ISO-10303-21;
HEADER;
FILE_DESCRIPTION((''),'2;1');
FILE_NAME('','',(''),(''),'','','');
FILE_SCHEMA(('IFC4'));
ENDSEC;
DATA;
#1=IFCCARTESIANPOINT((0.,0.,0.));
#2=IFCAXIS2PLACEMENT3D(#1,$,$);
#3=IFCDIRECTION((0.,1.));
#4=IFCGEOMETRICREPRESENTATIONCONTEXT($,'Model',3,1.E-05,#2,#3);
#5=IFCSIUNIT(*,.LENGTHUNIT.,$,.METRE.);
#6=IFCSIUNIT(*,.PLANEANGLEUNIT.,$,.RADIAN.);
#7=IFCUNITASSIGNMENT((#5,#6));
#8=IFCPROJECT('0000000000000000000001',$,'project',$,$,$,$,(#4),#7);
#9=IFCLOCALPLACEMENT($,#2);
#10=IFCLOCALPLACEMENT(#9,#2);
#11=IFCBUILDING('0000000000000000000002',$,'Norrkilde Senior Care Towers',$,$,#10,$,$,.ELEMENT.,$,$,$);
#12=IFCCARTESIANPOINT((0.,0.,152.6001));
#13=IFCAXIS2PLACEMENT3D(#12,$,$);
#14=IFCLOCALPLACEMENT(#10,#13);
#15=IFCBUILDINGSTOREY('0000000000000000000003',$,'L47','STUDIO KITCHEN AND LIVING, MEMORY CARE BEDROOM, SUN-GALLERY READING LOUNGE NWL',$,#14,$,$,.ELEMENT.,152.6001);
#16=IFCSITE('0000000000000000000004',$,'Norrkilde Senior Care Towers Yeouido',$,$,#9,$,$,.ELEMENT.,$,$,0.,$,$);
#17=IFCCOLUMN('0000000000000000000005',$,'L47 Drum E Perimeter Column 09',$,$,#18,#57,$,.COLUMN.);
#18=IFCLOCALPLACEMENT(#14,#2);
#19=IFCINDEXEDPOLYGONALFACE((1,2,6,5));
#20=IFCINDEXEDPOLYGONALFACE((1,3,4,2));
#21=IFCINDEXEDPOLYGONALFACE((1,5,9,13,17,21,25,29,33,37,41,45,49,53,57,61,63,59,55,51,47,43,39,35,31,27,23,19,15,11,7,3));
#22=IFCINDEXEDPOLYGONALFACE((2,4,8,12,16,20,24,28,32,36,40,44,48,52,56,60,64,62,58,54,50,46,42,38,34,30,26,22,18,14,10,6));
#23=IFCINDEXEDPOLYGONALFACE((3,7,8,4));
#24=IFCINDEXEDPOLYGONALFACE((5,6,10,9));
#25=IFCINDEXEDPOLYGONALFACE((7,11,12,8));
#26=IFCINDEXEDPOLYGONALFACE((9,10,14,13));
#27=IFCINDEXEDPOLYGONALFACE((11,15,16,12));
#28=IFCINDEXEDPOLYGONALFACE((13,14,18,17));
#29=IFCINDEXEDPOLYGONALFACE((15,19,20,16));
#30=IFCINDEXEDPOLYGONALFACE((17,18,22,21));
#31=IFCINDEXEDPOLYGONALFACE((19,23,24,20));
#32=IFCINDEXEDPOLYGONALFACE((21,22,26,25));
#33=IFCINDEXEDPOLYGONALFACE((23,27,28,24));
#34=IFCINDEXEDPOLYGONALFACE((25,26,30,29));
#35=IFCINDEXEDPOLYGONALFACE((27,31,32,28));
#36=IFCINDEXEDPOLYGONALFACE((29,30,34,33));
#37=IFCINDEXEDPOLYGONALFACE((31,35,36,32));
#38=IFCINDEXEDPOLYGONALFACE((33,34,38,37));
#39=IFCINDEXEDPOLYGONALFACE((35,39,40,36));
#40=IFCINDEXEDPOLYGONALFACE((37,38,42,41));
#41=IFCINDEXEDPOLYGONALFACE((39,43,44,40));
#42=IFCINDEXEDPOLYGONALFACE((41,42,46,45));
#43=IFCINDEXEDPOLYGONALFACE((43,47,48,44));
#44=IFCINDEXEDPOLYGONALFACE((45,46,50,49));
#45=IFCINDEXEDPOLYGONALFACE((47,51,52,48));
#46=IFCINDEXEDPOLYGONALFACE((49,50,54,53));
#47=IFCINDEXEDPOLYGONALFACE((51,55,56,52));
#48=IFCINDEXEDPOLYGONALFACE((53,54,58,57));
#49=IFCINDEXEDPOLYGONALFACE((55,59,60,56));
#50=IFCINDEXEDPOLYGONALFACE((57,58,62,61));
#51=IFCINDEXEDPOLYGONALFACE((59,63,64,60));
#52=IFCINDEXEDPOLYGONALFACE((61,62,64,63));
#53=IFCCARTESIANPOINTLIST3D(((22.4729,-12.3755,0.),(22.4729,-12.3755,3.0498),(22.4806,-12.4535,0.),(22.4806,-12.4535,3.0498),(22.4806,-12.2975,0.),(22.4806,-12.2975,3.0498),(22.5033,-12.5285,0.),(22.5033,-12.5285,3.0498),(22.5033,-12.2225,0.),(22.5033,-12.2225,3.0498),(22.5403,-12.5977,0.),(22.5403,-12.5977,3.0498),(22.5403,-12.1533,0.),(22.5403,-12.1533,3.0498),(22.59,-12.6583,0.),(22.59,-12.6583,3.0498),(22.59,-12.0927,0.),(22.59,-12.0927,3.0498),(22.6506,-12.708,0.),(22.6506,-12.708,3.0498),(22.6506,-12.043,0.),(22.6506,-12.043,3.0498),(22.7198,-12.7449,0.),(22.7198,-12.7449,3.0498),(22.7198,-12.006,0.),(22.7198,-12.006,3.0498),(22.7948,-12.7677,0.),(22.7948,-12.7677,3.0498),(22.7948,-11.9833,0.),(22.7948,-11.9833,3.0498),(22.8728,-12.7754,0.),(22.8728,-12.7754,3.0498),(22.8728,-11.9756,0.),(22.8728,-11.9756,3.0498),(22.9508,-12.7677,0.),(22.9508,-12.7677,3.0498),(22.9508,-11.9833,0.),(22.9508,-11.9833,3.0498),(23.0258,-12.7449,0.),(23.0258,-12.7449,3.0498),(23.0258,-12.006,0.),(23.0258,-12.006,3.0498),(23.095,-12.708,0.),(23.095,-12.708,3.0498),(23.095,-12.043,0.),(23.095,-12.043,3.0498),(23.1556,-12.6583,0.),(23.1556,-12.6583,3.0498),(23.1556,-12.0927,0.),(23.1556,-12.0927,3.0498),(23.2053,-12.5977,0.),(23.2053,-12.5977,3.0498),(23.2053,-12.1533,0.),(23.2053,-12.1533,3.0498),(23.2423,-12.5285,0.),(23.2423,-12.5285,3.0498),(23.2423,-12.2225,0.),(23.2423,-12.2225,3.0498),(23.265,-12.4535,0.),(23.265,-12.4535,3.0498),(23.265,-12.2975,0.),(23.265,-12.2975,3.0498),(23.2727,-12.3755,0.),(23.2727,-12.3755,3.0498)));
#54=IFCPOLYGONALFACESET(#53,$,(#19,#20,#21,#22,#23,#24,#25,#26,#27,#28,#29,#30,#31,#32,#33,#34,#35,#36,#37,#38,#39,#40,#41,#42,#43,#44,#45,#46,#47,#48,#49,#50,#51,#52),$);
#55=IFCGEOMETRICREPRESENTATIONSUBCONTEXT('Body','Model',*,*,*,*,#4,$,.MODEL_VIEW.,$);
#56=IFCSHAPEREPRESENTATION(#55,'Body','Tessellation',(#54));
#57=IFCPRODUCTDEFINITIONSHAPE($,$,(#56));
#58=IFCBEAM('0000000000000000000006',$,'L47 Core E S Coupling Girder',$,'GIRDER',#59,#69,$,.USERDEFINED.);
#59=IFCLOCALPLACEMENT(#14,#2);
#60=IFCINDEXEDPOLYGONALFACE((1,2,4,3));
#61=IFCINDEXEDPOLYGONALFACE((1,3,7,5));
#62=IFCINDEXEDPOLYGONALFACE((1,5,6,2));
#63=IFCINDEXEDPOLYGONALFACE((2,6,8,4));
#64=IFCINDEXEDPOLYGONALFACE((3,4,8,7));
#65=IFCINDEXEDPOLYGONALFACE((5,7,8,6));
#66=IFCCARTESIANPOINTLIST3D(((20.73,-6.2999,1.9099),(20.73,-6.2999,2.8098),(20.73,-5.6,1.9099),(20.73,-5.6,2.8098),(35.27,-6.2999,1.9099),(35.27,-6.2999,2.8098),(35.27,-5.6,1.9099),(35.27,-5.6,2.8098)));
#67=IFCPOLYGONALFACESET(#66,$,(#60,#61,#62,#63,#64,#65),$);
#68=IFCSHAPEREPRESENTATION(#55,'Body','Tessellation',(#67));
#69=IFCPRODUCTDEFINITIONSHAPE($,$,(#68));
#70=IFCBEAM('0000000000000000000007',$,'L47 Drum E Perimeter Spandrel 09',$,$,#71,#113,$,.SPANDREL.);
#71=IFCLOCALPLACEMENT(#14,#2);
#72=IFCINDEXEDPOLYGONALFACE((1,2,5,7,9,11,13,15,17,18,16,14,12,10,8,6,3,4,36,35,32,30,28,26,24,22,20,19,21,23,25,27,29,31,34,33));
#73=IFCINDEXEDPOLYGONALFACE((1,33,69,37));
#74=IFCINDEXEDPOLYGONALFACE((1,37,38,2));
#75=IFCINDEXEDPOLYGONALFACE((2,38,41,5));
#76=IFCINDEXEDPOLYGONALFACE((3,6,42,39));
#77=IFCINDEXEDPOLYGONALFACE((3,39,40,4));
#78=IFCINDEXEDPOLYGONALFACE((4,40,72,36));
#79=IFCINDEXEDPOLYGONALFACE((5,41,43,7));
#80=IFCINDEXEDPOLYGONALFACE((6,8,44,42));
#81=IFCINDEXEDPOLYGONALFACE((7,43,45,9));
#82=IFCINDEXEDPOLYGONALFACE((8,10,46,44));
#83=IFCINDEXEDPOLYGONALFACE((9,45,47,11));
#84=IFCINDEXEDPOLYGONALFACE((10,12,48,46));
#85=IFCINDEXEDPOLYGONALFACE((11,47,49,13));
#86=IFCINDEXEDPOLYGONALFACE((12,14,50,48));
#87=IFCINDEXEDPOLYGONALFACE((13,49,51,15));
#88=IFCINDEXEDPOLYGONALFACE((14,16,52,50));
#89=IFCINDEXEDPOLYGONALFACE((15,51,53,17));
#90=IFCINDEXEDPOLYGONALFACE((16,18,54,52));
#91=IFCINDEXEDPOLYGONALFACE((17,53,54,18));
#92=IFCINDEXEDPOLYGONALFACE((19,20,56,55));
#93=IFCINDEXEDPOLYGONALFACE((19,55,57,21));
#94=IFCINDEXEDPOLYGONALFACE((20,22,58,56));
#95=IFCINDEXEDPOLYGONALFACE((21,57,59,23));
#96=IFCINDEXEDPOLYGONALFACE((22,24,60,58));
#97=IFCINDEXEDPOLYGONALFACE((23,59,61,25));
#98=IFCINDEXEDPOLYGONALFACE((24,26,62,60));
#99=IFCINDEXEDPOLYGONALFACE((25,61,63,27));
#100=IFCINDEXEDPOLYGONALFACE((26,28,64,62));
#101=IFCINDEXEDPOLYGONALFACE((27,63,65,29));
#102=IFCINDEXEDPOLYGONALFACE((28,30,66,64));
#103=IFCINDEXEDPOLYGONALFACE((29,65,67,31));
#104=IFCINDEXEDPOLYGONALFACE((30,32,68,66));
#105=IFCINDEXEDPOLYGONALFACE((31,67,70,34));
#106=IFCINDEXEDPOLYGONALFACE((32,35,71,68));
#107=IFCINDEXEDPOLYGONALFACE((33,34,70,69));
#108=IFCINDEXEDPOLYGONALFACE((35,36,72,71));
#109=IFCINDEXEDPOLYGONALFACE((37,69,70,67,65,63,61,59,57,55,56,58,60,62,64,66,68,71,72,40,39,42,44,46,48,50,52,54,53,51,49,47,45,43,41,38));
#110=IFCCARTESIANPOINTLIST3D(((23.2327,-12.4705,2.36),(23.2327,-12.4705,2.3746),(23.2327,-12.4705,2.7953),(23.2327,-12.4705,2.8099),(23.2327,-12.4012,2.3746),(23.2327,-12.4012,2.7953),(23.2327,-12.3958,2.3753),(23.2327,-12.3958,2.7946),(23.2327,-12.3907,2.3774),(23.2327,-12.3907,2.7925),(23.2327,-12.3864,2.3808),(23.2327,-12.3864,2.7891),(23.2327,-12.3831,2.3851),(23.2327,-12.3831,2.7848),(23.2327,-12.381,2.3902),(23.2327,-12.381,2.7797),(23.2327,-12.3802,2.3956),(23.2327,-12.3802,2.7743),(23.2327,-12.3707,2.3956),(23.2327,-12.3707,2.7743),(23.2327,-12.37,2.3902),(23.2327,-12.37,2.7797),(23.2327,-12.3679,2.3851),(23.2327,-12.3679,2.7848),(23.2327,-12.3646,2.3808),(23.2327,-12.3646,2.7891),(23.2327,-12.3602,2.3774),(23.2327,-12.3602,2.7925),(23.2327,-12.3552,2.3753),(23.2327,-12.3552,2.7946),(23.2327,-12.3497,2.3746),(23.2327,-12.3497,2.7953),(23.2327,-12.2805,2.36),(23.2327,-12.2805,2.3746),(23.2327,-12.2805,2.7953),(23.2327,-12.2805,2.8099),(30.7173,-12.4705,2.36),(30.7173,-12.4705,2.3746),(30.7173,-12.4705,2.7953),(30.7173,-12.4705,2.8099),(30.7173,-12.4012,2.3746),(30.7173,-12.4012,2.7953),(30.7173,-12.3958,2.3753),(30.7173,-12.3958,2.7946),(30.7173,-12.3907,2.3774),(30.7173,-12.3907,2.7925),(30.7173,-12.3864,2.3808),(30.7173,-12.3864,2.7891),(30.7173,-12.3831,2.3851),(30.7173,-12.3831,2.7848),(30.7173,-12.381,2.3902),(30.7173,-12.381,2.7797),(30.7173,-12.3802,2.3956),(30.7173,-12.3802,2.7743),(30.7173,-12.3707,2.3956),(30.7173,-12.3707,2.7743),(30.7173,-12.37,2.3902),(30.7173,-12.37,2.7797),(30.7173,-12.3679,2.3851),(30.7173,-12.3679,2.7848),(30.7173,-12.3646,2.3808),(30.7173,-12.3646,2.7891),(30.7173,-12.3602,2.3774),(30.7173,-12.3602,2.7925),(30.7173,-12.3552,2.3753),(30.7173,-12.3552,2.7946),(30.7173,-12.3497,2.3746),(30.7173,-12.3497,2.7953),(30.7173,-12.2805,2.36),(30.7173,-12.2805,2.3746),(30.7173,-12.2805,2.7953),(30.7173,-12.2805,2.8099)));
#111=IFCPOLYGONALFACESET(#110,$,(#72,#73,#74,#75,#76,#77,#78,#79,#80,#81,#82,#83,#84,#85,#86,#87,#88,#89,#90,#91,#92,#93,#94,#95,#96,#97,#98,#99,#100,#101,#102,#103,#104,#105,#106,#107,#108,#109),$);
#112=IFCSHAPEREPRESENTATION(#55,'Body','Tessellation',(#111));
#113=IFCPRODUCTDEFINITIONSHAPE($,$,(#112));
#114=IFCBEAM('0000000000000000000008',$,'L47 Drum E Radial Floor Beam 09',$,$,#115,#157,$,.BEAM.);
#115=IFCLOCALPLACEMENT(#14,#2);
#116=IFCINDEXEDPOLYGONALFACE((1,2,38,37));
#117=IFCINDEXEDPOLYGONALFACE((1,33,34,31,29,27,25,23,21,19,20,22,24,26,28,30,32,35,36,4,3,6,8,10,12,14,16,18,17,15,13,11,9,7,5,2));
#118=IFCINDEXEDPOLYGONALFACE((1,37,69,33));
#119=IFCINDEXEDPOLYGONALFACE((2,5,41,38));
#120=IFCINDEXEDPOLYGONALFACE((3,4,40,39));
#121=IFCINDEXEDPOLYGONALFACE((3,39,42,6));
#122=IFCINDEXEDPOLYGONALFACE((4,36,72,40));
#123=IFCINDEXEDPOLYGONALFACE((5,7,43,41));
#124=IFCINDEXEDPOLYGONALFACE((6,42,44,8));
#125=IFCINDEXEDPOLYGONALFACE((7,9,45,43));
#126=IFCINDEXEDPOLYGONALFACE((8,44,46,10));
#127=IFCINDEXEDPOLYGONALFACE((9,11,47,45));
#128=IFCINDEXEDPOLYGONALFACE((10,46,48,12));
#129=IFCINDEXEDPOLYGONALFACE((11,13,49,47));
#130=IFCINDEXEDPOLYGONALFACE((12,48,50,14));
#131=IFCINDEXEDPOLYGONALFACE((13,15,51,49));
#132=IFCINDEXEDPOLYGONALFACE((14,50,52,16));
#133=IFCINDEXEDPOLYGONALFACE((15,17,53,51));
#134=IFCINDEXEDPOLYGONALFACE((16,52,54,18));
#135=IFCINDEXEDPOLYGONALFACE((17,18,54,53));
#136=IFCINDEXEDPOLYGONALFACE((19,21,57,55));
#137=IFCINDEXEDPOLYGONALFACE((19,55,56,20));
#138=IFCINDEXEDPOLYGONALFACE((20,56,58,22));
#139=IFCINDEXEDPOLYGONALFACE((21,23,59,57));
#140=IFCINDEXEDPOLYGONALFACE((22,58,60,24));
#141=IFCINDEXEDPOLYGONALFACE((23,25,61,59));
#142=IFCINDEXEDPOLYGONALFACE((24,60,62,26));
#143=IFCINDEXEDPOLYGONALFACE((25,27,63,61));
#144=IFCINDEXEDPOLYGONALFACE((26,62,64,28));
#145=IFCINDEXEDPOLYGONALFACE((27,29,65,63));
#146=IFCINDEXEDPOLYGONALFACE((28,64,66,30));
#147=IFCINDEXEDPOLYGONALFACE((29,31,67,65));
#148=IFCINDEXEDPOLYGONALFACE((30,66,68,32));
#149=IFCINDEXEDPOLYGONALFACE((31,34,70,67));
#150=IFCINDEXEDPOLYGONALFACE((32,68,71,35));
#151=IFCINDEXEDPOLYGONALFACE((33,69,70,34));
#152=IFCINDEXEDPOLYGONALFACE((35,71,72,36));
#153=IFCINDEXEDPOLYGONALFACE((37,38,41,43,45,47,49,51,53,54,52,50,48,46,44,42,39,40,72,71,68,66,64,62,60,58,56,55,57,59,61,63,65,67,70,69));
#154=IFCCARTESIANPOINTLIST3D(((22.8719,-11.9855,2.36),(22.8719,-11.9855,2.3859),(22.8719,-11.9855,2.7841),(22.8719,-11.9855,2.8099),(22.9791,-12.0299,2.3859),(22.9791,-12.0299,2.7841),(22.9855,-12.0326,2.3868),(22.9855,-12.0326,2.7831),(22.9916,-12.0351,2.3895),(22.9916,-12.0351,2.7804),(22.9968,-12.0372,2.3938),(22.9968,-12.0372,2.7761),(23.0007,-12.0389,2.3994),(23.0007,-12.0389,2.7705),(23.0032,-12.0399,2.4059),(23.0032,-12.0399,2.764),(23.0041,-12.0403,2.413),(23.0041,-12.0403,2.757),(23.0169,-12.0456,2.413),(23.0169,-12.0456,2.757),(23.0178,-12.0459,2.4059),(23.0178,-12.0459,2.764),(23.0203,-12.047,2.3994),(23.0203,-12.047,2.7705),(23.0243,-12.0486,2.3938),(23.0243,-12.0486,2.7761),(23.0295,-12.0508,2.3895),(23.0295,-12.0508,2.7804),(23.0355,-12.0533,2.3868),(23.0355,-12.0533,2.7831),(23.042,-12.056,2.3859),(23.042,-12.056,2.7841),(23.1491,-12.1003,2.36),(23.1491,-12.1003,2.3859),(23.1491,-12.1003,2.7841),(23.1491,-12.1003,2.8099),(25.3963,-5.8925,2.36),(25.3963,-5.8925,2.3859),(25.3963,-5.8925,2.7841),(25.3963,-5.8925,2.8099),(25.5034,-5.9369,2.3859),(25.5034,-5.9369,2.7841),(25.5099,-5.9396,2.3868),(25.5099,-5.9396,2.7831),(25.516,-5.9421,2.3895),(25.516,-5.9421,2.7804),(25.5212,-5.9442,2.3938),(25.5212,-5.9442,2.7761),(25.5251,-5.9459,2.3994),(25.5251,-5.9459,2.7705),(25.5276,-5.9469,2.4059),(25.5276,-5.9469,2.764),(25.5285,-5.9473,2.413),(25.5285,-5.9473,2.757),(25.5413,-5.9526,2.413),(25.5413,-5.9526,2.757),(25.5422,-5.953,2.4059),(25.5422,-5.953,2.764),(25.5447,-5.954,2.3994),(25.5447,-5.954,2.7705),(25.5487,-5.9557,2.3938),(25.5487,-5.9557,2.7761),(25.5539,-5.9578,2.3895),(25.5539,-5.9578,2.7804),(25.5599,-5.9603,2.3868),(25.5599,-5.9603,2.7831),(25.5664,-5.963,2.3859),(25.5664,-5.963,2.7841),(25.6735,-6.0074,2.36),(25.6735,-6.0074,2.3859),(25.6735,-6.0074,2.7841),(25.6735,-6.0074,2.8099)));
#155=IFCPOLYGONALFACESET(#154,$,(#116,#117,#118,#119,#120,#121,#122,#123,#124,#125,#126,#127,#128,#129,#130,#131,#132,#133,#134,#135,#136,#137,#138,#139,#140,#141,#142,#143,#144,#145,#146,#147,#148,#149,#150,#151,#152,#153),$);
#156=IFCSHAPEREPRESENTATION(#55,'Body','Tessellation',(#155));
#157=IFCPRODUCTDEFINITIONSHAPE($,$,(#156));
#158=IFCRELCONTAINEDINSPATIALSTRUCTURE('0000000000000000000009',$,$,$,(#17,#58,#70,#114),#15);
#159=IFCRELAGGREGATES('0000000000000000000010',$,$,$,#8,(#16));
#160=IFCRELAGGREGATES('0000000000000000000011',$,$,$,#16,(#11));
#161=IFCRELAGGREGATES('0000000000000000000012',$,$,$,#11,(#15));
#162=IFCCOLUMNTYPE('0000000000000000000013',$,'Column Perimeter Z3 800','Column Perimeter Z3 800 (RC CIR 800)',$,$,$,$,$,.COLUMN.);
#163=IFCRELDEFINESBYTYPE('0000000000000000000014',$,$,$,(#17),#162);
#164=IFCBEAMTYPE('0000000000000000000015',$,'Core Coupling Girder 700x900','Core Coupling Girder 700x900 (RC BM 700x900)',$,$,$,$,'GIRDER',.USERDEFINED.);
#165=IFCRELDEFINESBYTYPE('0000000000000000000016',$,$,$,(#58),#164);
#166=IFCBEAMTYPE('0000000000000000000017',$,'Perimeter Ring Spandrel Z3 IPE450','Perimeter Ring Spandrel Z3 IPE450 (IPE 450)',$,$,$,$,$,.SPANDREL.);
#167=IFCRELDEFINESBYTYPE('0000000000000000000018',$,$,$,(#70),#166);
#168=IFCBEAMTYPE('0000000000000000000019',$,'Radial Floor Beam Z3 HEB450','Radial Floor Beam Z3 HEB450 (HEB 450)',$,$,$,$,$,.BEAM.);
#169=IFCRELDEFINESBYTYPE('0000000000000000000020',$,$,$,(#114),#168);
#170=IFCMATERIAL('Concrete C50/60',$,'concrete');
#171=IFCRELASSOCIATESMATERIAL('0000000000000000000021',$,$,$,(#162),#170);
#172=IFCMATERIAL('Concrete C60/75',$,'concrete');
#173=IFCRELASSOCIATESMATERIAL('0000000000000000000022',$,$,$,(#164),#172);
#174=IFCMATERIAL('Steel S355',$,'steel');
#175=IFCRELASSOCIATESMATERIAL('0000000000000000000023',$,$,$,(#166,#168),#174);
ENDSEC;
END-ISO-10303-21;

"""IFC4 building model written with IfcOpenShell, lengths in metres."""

from ifc_helpers import new_model, si_unit, direction, frame, origin, origin_2d, place, context, subcontext, project, spatial, rectangle, circle, i_section, extrude, source, transform, mapped, material, material_profile, profile_set, type_object, type_shapes, element, save


model = new_model("IFC4")

# Units and contexts
model_context = context("Model", 3, precision=1e-05, world=origin(), true_north=direction((0.0, 1.0)))
body_context = subcontext(model_context, "Body", "Model", "MODEL_VIEW")
ifc_project = project(units=[si_unit("LENGTHUNIT", "METRE"), si_unit("PLANEANGLEUNIT", "RADIAN")], contexts=[model_context])

# Site, building, storey
site_placement = place(None, origin())
site = spatial("IfcSite", under=ifc_project, at=site_placement, Name="Norrkilde Senior Care Towers Yeouido", CompositionType="ELEMENT", RefElevation=0.0)
building_placement = place(site_placement, origin())
building = spatial("IfcBuilding", under=site, at=building_placement, Name="Norrkilde Senior Care Towers", CompositionType="ELEMENT")
storey_placement = place(building_placement, frame((0.0, 0.0, 152.6001)))
storey = spatial("IfcBuildingStorey", under=building, at=storey_placement, Name="L47", Description="STUDIO KITCHEN AND LIVING, MEMORY CARE BEDROOM, SUN-GALLERY READING LOUNGE NWL", CompositionType="ELEMENT", Elevation=152.6001)

# Column
ifc_material_1 = material(Name="Concrete C50/60", Category="concrete")
ifc_material_profile_1 = material_profile(ifc_material_1, circle(Radius=0.3999, at=origin_2d()), Name="RC CIR 800")
ifc_profile_set_1 = profile_set([ifc_material_profile_1], Name="Concrete C50/60")
column_type = type_object("IfcColumnType", Name="Column Perimeter Z3 800", Description="Column Perimeter Z3 800 (RC CIR 800)", PredefinedType="COLUMN", material=ifc_profile_set_1)
shared_shape_1 = source(origin(), body_context, "Body", "SweptSolid", [
    extrude(circle(Radius=0.3999, at=origin_2d()), origin(), (0.0, 0.0, 1.0), 3.0498),
])
type_shapes(column_type, [shared_shape_1])
column_placement = place(storey_placement, frame((22.8728, -12.3755, 0.0), z_axis=(0.0, 0.0, 1.0), x_axis=(1.0, 0.0, 0.0)))
element("IfcColumn", 1, at=column_placement, inside=storey, type_object=column_type, Name="L47 Drum E Perimeter Column 09", PredefinedType="COLUMN", context=body_context, shape_type="MappedRepresentation", body=[
    mapped(shared_shape_1, transform((0.0, 0.0, 0.0), x_axis=(1.0, 0.0, 0.0), y_axis=(0.0, 1.0, 0.0), z_axis=(0.0, 0.0, 1.0), scale=1.0)),
])

# Beams
ifc_material_2 = material(Name="Concrete C60/75", Category="concrete")
ifc_material_profile_2 = material_profile(ifc_material_2, rectangle(XDim=0.7, YDim=0.8999, at=origin_2d()), Name="RC BM 700x900")
ifc_profile_set_2 = profile_set([ifc_material_profile_2], Name="Concrete C60/75")
beam_type_1 = type_object("IfcBeamType", Name="Core Coupling Girder 700x900", Description="Core Coupling Girder 700x900 (RC BM 700x900)", ElementType="GIRDER", PredefinedType="USERDEFINED", material=ifc_profile_set_2)
shared_shape_2 = source(origin(), body_context, "Body", "SweptSolid", [
    extrude(rectangle(XDim=0.7, YDim=0.8999, at=origin_2d()), origin(), (0.0, 0.0, 1.0), 14.54),
])
type_shapes(beam_type_1, [shared_shape_2])
beam_1_placement = place(storey_placement, frame((20.73, -5.95, 2.3599), z_axis=(1.0, 0.0, 0.0), x_axis=(0.0, 1.0, 0.0)))
element("IfcBeam", 2, at=beam_1_placement, inside=storey, type_object=beam_type_1, Name="L47 Core E S Coupling Girder", ObjectType="GIRDER", PredefinedType="USERDEFINED", context=body_context, shape_type="MappedRepresentation", body=[
    mapped(shared_shape_2, transform((0.0, 0.0, 0.0), x_axis=(1.0, 0.0, 0.0), y_axis=(0.0, 1.0, 0.0), z_axis=(0.0, 0.0, 1.0), scale=1.0)),
])
ifc_material_3 = material(Name="Steel S355", Category="steel")
ifc_material_profile_3 = material_profile(ifc_material_3, i_section(OverallWidth=0.1899, OverallDepth=0.45, WebThickness=0.0095, FlangeThickness=0.0146, FilletRadius=0.021, at=origin_2d()), Name="IPE 450")
ifc_profile_set_3 = profile_set([ifc_material_profile_3], Name="Steel S355")
beam_type_2 = type_object("IfcBeamType", Name="Perimeter Ring Spandrel Z3 IPE450", Description="Perimeter Ring Spandrel Z3 IPE450 (IPE 450)", PredefinedType="SPANDREL", material=ifc_profile_set_3)
shared_shape_3 = source(origin(), body_context, "Body", "SweptSolid", [
    extrude(i_section(OverallWidth=0.1899, OverallDepth=0.45, WebThickness=0.0095, FlangeThickness=0.0146, FilletRadius=0.021, at=origin_2d()), origin(), (0.0, 0.0, 1.0), 7.4846),
])
type_shapes(beam_type_2, [shared_shape_3])
beam_2_placement = place(storey_placement, frame((23.2327, -12.3755, 2.585), z_axis=(1.0, 0.0, 0.0), x_axis=(0.0, 1.0, 0.0)))
element("IfcBeam", 3, at=beam_2_placement, inside=storey, type_object=beam_type_2, Name="L47 Drum E Perimeter Spandrel 09", PredefinedType="SPANDREL", context=body_context, shape_type="MappedRepresentation", body=[
    mapped(shared_shape_3, transform((0.0, 0.0, 0.0), x_axis=(1.0, 0.0, 0.0), y_axis=(0.0, 1.0, 0.0), z_axis=(0.0, 0.0, 1.0), scale=1.0)),
])
ifc_material_profile_4 = material_profile(ifc_material_3, i_section(OverallWidth=0.3, OverallDepth=0.45, WebThickness=0.0139, FlangeThickness=0.0259, FilletRadius=0.0271, at=origin_2d()), Name="HEB 450")
ifc_profile_set_4 = profile_set([ifc_material_profile_4], Name="Steel S355")
beam_type_3 = type_object("IfcBeamType", Name="Radial Floor Beam Z3 HEB450", Description="Radial Floor Beam Z3 HEB450 (HEB 450)", PredefinedType="BEAM", material=ifc_profile_set_4)
shared_shape_4 = source(origin(), body_context, "Body", "SweptSolid", [
    extrude(i_section(OverallWidth=0.3, OverallDepth=0.45, WebThickness=0.0139, FlangeThickness=0.0259, FilletRadius=0.0271, at=origin_2d()), origin(), (0.0, 0.0, 1.0), 6.5952),
])
beam_3_placement = place(storey_placement, frame((25.5349, -5.95, 2.585), z_axis=(-0.382762, -0.923847, 0.0), x_axis=(0.923847, -0.382762, 0.0)))
element("IfcBeam", 4, at=beam_3_placement, inside=storey, type_object=beam_type_3, Name="L47 Drum E Radial Floor Beam 09", PredefinedType="BEAM", context=body_context, shape_type="MappedRepresentation", body=[
    mapped(shared_shape_4, transform((0.0, 0.0, 0.0), x_axis=(1.0, 0.0, 0.0), y_axis=(0.0, 1.0, 0.0), z_axis=(0.0, 0.0, 1.0), scale=1.0)),
])

save(model, "model.ifc")
